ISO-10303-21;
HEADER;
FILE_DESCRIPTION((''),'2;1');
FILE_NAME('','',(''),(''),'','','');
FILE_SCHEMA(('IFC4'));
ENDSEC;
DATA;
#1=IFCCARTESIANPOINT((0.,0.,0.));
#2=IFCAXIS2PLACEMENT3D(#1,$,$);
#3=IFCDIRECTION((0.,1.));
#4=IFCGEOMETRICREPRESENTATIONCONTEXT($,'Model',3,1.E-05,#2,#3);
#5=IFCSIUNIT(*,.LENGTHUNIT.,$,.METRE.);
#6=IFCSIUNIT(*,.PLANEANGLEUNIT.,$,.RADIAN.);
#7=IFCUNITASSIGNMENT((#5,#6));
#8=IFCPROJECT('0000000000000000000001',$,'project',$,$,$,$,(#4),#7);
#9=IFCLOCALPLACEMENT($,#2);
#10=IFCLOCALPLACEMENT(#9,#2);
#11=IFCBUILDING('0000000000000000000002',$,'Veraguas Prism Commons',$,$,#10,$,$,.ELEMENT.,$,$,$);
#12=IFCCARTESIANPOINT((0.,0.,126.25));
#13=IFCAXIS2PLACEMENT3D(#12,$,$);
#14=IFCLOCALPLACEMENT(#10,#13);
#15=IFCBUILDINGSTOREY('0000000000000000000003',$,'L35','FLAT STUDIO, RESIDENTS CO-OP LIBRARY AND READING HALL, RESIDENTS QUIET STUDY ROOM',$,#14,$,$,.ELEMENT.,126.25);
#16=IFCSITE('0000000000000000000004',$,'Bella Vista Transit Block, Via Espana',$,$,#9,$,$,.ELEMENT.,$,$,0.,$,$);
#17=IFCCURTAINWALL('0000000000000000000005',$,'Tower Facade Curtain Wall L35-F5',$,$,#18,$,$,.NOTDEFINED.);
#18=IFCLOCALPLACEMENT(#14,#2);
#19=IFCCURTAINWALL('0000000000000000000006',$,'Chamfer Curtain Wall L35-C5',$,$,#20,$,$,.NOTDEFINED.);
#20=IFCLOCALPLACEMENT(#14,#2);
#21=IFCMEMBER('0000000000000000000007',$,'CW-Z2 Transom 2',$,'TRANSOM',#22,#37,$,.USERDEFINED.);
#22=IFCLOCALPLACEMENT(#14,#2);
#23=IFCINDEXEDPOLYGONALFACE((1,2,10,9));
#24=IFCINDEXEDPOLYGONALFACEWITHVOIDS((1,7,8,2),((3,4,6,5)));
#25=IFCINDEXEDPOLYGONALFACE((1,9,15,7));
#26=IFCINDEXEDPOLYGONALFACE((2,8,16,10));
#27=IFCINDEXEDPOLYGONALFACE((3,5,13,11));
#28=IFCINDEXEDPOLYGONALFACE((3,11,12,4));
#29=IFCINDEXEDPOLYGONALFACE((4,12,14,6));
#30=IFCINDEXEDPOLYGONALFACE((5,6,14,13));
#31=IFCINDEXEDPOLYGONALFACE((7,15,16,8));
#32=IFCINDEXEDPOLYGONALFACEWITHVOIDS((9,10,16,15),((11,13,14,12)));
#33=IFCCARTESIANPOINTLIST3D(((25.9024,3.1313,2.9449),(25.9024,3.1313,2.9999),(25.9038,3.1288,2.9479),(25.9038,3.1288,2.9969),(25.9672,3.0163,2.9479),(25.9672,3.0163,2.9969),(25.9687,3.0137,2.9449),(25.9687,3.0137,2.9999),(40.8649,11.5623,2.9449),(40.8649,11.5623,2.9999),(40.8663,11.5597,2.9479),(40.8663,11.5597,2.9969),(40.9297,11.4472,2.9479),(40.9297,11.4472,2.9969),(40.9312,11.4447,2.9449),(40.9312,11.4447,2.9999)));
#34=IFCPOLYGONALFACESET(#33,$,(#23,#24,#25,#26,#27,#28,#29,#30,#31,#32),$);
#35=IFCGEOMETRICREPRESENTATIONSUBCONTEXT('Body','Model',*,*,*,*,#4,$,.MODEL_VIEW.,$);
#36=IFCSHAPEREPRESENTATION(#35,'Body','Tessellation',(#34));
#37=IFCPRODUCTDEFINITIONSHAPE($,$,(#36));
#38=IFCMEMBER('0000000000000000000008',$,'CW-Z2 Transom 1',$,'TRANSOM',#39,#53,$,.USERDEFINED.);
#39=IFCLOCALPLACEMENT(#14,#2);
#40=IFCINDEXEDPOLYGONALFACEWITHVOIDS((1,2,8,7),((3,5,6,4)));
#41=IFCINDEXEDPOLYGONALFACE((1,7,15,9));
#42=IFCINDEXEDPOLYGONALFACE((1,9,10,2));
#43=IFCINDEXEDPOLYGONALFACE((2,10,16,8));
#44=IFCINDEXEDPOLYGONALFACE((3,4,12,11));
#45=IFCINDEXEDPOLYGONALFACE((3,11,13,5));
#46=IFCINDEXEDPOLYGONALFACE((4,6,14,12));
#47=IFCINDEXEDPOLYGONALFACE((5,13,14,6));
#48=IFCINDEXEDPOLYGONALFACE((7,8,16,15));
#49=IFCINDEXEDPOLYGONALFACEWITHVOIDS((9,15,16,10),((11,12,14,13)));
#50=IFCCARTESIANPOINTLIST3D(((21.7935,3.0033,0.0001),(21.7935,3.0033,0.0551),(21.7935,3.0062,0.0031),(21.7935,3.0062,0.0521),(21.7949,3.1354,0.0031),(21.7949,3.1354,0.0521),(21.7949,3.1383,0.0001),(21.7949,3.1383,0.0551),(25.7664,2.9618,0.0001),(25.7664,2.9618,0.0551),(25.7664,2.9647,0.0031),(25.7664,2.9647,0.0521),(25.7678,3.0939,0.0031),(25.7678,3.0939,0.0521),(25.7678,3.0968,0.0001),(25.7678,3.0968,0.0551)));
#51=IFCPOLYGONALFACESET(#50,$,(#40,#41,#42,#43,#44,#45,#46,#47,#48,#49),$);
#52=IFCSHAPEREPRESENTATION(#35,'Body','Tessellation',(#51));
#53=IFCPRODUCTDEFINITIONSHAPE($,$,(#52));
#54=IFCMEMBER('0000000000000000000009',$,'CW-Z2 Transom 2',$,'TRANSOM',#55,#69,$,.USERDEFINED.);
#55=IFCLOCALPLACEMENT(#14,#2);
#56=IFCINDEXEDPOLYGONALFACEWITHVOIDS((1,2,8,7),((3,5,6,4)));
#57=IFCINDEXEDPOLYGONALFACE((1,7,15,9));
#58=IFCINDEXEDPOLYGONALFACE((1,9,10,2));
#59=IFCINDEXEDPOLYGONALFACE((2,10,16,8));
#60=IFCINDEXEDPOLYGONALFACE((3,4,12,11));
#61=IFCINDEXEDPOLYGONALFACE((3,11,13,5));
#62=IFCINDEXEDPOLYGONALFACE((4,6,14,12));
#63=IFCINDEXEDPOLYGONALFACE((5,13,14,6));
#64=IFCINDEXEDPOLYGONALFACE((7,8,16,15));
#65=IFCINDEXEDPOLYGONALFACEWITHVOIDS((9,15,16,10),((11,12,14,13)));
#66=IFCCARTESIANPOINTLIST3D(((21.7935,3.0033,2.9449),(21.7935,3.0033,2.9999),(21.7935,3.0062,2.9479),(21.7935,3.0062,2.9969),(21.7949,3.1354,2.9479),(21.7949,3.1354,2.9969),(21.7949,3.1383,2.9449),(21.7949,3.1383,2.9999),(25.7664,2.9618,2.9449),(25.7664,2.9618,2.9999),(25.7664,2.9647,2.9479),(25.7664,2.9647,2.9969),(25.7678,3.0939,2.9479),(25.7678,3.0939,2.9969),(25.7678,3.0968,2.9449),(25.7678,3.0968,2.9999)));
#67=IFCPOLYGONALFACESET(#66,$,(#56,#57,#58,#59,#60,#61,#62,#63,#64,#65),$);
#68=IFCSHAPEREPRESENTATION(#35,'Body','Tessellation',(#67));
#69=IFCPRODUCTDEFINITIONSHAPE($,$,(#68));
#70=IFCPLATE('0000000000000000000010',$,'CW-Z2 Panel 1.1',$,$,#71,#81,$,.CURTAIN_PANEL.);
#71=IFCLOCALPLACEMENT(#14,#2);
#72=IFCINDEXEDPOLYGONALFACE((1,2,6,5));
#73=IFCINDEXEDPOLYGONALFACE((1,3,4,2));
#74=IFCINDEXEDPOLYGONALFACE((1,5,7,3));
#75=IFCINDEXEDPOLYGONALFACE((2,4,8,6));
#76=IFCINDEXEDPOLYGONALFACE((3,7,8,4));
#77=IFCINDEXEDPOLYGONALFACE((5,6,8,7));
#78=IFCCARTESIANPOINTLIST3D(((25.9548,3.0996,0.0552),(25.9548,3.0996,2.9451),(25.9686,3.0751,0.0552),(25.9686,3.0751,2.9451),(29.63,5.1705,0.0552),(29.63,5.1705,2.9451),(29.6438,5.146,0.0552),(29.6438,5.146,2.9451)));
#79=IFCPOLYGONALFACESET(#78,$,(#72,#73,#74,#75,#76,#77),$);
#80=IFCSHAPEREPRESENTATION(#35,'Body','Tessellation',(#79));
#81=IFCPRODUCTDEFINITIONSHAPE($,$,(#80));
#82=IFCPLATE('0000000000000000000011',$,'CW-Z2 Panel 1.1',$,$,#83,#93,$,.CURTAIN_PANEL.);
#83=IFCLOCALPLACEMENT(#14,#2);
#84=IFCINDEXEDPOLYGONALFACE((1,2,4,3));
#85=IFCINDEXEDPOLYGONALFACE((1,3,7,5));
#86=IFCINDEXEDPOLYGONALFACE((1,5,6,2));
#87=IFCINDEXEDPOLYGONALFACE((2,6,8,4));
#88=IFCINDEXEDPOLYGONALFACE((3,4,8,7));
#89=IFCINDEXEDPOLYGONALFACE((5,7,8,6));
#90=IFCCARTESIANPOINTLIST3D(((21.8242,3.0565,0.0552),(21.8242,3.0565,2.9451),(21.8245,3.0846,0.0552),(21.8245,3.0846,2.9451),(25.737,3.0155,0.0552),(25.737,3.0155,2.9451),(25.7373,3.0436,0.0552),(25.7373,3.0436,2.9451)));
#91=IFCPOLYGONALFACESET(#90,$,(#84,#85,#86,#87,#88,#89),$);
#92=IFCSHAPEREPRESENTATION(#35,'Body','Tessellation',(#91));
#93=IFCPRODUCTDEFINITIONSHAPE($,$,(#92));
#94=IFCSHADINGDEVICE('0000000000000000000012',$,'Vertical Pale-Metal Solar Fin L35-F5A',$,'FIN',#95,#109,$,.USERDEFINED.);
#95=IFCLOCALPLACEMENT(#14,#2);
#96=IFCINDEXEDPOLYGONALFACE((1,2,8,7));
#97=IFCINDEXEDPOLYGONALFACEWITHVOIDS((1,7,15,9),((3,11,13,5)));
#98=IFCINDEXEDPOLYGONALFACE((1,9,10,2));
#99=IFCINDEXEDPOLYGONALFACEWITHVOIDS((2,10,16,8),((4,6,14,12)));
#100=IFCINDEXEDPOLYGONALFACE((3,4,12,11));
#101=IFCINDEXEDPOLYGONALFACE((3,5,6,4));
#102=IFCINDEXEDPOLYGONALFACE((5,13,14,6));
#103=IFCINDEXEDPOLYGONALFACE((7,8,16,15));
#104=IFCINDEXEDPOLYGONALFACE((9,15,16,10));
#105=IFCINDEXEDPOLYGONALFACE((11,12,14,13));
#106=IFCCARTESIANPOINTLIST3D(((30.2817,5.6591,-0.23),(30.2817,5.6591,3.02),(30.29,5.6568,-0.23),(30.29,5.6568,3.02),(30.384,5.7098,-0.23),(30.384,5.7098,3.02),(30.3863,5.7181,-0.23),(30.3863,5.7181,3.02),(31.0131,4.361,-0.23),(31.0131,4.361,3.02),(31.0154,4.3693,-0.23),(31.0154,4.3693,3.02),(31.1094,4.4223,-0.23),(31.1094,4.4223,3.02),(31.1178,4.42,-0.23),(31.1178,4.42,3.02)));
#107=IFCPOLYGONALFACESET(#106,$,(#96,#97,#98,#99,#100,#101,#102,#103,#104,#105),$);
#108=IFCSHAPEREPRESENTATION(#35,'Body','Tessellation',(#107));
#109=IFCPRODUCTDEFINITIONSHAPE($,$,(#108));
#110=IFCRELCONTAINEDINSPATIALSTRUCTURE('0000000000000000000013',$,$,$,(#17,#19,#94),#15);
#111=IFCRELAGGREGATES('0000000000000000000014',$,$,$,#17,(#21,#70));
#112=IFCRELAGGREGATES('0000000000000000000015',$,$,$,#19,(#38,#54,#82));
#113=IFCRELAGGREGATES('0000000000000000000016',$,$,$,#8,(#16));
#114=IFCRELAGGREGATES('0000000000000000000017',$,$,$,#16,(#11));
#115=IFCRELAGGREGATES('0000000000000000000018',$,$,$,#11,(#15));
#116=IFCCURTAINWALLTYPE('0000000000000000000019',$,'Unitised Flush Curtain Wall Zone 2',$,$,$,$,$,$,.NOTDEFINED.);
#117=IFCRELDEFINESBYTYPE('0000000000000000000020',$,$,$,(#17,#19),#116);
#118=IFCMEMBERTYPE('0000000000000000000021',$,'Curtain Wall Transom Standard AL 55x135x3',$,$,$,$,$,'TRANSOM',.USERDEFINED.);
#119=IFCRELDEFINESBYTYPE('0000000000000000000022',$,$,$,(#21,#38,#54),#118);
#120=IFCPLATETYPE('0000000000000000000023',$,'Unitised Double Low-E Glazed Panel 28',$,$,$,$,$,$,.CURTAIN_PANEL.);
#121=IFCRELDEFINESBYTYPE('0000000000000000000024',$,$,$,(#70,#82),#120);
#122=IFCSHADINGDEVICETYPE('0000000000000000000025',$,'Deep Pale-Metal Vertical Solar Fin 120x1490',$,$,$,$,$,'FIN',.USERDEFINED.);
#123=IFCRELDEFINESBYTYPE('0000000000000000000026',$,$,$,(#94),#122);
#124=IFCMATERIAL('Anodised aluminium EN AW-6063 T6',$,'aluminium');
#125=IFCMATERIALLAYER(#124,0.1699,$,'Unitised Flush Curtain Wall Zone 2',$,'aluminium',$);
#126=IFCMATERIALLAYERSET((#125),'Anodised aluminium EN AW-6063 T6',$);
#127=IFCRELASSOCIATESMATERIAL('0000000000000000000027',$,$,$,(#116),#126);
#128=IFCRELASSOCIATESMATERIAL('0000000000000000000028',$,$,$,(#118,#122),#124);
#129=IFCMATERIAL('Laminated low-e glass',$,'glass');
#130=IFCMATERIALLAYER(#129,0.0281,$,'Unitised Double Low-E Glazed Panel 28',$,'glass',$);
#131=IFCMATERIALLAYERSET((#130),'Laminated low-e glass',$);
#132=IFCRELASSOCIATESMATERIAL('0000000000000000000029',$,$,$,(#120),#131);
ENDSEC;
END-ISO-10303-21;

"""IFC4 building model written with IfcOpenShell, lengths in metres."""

from ifc_helpers import new_model, si_unit, direction, frame, origin, origin_2d, place, context, subcontext, project, spatial, rectangle, hollow_rectangle, extrude, source, transform, mapped, material, layer, layer_set, material_profile, profile_set, type_object, element, aggregate, save


model = new_model("IFC4")

# Units and contexts
model_context = context("Model", 3, precision=1e-05, world=origin(), true_north=direction((0.0, 1.0)))
body_context = subcontext(model_context, "Body", "Model", "MODEL_VIEW")
ifc_project = project(units=[si_unit("LENGTHUNIT", "METRE"), si_unit("PLANEANGLEUNIT", "RADIAN")], contexts=[model_context])

# Site, building, storey
site_placement = place(None, origin())
site = spatial("IfcSite", under=ifc_project, at=site_placement, Name="Bella Vista Transit Block, Via Espana", CompositionType="ELEMENT", RefElevation=0.0)
building_placement = place(site_placement, origin())
building = spatial("IfcBuilding", under=site, at=building_placement, Name="Veraguas Prism Commons", CompositionType="ELEMENT")
storey_placement = place(building_placement, frame((0.0, 0.0, 126.25)))
storey = spatial("IfcBuildingStorey", under=building, at=storey_placement, Name="L35", Description="FLAT STUDIO, RESIDENTS CO-OP LIBRARY AND READING HALL, RESIDENTS QUIET STUDY ROOM", CompositionType="ELEMENT", Elevation=126.25)

# Shared definitions
ifc_material_1 = material(Name="Anodised aluminium EN AW-6063 T6", Category="aluminium")
ifc_layer_1 = layer(ifc_material_1, 0.1699, Name="Unitised Flush Curtain Wall Zone 2", Category="aluminium")
ifc_layer_set_1 = layer_set([ifc_layer_1], Name="Anodised aluminium EN AW-6063 T6")
curtain_wall_type = type_object("IfcCurtainWallType", Name="Unitised Flush Curtain Wall Zone 2", PredefinedType="NOTDEFINED", material=ifc_layer_set_1)

# Curtain walls
curtain_wall_1_placement = place(storey_placement, origin())
curtain_wall_1 = element("IfcCurtainWall", 1, at=curtain_wall_1_placement, inside=storey, type_object=curtain_wall_type, Name="Tower Facade Curtain Wall L35-F5", PredefinedType="NOTDEFINED")
curtain_wall_2_placement = place(storey_placement, origin())
curtain_wall_2 = element("IfcCurtainWall", 2, at=curtain_wall_2_placement, inside=storey, type_object=curtain_wall_type, Name="Chamfer Curtain Wall L35-C5", PredefinedType="NOTDEFINED")

# Members
ifc_material_profile_1 = material_profile(ifc_material_1, hollow_rectangle(XDim=0.0549, YDim=0.135, WallThickness=0.0029, at=origin_2d()), Name="AL55X135X3")
ifc_profile_set_1 = profile_set([ifc_material_profile_1], Name="Anodised aluminium EN AW-6063 T6")
member_type_1 = type_object("IfcMemberType", Name="Curtain Wall Transom Standard AL 55x135x3", ElementType="TRANSOM", PredefinedType="USERDEFINED", material=ifc_profile_set_1)
shared_shape_1 = source(origin(), body_context, "Body", "SweptSolid", [
    extrude(hollow_rectangle(XDim=0.0549, YDim=0.135, WallThickness=0.0029, at=origin_2d()), origin(), (0.0, 0.0, 1.0), 17.1743),
])
member_1_placement = place(storey_placement, frame((25.9355, 3.0725, 2.9724), z_axis=(0.871213, 0.490905, 0.0), x_axis=(0.0, 0.0, 1.0)))
member_1 = element("IfcMember", 3, at=member_1_placement, type_object=member_type_1, Name="CW-Z2 Transom 2", ObjectType="TRANSOM", PredefinedType="USERDEFINED", context=body_context, shape_type="MappedRepresentation", body=[
    mapped(shared_shape_1, transform((0.0, 0.0, 0.0), scale=1.0)),
])
shared_shape_2 = source(origin(), body_context, "Body", "SweptSolid", [
    extrude(hollow_rectangle(XDim=0.0549, YDim=0.135, WallThickness=0.0029, at=origin_2d()), origin(), (0.0, 0.0, 1.0), 3.9731),
])
member_2_placement = place(storey_placement, frame((21.7942, 3.0708, 0.0276), z_axis=(0.999945, -0.010446, 0.0), x_axis=(0.0, 0.0, 1.0)))
member_2 = element("IfcMember", 4, at=member_2_placement, type_object=member_type_1, Name="CW-Z2 Transom 1", ObjectType="TRANSOM", PredefinedType="USERDEFINED", context=body_context, shape_type="MappedRepresentation", body=[
    mapped(shared_shape_2, transform((0.0, 0.0, 0.0), scale=1.0)),
])
member_3_placement = place(storey_placement, frame((21.7942, 3.0708, 2.9724), z_axis=(0.999945, -0.010446, 0.0), x_axis=(0.0, 0.0, 1.0)))
member_3 = element("IfcMember", 5, at=member_3_placement, type_object=member_type_1, Name="CW-Z2 Transom 2", ObjectType="TRANSOM", PredefinedType="USERDEFINED", context=body_context, shape_type="MappedRepresentation", body=[
    mapped(shared_shape_2, transform((0.0, 0.0, 0.0), scale=1.0)),
])

# Plates
ifc_material_2 = material(Name="Laminated low-e glass", Category="glass")
ifc_layer_2 = layer(ifc_material_2, 0.0281, Name="Unitised Double Low-E Glazed Panel 28", Category="glass")
ifc_layer_set_2 = layer_set([ifc_layer_2], Name="Laminated low-e glass")
plate_type = type_object("IfcPlateType", Name="Unitised Double Low-E Glazed Panel 28", PredefinedType="CURTAIN_PANEL", material=ifc_layer_set_2)
shared_shape_3 = source(origin(), body_context, "Body", "SweptSolid", [
    extrude(rectangle(XDim=4.2185, YDim=0.0281, at=origin_2d()), origin(), (0.0, 0.0, 1.0), 2.8899),
])
plate_1_placement = place(storey_placement, frame((27.7993, 4.1228, 0.0552), z_axis=(0.0, 0.0, 1.0), x_axis=(0.871215, 0.490902, 0.0)))
plate_1 = element("IfcPlate", 6, at=plate_1_placement, type_object=plate_type, Name="CW-Z2 Panel 1.1", PredefinedType="CURTAIN_PANEL", context=body_context, shape_type="MappedRepresentation", body=[
    mapped(shared_shape_3, transform((0.0, 0.0, 0.0), scale=1.0)),
])
aggregate(curtain_wall_1, [member_1, plate_1])
shared_shape_4 = source(origin(), body_context, "Body", "SweptSolid", [
    extrude(rectangle(XDim=3.9131, YDim=0.0281, at=origin_2d()), origin(), (0.0, 0.0, 1.0), 2.8899),
])
plate_2_placement = place(storey_placement, frame((23.7808, 3.05, 0.0552), z_axis=(0.0, 0.0, 1.0), x_axis=(0.999945, -0.010487, 0.0)))
plate_2 = element("IfcPlate", 7, at=plate_2_placement, type_object=plate_type, Name="CW-Z2 Panel 1.1", PredefinedType="CURTAIN_PANEL", context=body_context, shape_type="MappedRepresentation", body=[
    mapped(shared_shape_4, transform((0.0, 0.0, 0.0), scale=1.0)),
])
aggregate(curtain_wall_2, [member_2, member_3, plate_2])

# Shading device
ifc_material_profile_2 = material_profile(ifc_material_1, hollow_rectangle(XDim=0.1201, YDim=1.49, WallThickness=0.0061, at=origin_2d()), Name="FIN120X1490X6")
ifc_profile_set_2 = profile_set([ifc_material_profile_2], Name="Anodised aluminium EN AW-6063 T6")
shading_device_type = type_object("IfcShadingDeviceType", Name="Deep Pale-Metal Vertical Solar Fin 120x1490", ElementType="FIN", PredefinedType="USERDEFINED", material=ifc_profile_set_2)
shading_device_placement = place(storey_placement, frame((30.6997, 5.0396, -0.23), z_axis=(0.0, 0.0, 1.0), x_axis=(0.871214, 0.490904, 0.0)))
element("IfcShadingDevice", 8, at=shading_device_placement, inside=storey, type_object=shading_device_type, Name="Vertical Pale-Metal Solar Fin L35-F5A", ObjectType="FIN", PredefinedType="USERDEFINED", context=body_context, shape_type="SweptSolid", body=[
    extrude(hollow_rectangle(XDim=0.1201, YDim=1.49, WallThickness=0.0061, at=origin_2d()), origin(), (0.0, 0.0, 1.0), 3.25),
])

save(model, "model.ifc")
